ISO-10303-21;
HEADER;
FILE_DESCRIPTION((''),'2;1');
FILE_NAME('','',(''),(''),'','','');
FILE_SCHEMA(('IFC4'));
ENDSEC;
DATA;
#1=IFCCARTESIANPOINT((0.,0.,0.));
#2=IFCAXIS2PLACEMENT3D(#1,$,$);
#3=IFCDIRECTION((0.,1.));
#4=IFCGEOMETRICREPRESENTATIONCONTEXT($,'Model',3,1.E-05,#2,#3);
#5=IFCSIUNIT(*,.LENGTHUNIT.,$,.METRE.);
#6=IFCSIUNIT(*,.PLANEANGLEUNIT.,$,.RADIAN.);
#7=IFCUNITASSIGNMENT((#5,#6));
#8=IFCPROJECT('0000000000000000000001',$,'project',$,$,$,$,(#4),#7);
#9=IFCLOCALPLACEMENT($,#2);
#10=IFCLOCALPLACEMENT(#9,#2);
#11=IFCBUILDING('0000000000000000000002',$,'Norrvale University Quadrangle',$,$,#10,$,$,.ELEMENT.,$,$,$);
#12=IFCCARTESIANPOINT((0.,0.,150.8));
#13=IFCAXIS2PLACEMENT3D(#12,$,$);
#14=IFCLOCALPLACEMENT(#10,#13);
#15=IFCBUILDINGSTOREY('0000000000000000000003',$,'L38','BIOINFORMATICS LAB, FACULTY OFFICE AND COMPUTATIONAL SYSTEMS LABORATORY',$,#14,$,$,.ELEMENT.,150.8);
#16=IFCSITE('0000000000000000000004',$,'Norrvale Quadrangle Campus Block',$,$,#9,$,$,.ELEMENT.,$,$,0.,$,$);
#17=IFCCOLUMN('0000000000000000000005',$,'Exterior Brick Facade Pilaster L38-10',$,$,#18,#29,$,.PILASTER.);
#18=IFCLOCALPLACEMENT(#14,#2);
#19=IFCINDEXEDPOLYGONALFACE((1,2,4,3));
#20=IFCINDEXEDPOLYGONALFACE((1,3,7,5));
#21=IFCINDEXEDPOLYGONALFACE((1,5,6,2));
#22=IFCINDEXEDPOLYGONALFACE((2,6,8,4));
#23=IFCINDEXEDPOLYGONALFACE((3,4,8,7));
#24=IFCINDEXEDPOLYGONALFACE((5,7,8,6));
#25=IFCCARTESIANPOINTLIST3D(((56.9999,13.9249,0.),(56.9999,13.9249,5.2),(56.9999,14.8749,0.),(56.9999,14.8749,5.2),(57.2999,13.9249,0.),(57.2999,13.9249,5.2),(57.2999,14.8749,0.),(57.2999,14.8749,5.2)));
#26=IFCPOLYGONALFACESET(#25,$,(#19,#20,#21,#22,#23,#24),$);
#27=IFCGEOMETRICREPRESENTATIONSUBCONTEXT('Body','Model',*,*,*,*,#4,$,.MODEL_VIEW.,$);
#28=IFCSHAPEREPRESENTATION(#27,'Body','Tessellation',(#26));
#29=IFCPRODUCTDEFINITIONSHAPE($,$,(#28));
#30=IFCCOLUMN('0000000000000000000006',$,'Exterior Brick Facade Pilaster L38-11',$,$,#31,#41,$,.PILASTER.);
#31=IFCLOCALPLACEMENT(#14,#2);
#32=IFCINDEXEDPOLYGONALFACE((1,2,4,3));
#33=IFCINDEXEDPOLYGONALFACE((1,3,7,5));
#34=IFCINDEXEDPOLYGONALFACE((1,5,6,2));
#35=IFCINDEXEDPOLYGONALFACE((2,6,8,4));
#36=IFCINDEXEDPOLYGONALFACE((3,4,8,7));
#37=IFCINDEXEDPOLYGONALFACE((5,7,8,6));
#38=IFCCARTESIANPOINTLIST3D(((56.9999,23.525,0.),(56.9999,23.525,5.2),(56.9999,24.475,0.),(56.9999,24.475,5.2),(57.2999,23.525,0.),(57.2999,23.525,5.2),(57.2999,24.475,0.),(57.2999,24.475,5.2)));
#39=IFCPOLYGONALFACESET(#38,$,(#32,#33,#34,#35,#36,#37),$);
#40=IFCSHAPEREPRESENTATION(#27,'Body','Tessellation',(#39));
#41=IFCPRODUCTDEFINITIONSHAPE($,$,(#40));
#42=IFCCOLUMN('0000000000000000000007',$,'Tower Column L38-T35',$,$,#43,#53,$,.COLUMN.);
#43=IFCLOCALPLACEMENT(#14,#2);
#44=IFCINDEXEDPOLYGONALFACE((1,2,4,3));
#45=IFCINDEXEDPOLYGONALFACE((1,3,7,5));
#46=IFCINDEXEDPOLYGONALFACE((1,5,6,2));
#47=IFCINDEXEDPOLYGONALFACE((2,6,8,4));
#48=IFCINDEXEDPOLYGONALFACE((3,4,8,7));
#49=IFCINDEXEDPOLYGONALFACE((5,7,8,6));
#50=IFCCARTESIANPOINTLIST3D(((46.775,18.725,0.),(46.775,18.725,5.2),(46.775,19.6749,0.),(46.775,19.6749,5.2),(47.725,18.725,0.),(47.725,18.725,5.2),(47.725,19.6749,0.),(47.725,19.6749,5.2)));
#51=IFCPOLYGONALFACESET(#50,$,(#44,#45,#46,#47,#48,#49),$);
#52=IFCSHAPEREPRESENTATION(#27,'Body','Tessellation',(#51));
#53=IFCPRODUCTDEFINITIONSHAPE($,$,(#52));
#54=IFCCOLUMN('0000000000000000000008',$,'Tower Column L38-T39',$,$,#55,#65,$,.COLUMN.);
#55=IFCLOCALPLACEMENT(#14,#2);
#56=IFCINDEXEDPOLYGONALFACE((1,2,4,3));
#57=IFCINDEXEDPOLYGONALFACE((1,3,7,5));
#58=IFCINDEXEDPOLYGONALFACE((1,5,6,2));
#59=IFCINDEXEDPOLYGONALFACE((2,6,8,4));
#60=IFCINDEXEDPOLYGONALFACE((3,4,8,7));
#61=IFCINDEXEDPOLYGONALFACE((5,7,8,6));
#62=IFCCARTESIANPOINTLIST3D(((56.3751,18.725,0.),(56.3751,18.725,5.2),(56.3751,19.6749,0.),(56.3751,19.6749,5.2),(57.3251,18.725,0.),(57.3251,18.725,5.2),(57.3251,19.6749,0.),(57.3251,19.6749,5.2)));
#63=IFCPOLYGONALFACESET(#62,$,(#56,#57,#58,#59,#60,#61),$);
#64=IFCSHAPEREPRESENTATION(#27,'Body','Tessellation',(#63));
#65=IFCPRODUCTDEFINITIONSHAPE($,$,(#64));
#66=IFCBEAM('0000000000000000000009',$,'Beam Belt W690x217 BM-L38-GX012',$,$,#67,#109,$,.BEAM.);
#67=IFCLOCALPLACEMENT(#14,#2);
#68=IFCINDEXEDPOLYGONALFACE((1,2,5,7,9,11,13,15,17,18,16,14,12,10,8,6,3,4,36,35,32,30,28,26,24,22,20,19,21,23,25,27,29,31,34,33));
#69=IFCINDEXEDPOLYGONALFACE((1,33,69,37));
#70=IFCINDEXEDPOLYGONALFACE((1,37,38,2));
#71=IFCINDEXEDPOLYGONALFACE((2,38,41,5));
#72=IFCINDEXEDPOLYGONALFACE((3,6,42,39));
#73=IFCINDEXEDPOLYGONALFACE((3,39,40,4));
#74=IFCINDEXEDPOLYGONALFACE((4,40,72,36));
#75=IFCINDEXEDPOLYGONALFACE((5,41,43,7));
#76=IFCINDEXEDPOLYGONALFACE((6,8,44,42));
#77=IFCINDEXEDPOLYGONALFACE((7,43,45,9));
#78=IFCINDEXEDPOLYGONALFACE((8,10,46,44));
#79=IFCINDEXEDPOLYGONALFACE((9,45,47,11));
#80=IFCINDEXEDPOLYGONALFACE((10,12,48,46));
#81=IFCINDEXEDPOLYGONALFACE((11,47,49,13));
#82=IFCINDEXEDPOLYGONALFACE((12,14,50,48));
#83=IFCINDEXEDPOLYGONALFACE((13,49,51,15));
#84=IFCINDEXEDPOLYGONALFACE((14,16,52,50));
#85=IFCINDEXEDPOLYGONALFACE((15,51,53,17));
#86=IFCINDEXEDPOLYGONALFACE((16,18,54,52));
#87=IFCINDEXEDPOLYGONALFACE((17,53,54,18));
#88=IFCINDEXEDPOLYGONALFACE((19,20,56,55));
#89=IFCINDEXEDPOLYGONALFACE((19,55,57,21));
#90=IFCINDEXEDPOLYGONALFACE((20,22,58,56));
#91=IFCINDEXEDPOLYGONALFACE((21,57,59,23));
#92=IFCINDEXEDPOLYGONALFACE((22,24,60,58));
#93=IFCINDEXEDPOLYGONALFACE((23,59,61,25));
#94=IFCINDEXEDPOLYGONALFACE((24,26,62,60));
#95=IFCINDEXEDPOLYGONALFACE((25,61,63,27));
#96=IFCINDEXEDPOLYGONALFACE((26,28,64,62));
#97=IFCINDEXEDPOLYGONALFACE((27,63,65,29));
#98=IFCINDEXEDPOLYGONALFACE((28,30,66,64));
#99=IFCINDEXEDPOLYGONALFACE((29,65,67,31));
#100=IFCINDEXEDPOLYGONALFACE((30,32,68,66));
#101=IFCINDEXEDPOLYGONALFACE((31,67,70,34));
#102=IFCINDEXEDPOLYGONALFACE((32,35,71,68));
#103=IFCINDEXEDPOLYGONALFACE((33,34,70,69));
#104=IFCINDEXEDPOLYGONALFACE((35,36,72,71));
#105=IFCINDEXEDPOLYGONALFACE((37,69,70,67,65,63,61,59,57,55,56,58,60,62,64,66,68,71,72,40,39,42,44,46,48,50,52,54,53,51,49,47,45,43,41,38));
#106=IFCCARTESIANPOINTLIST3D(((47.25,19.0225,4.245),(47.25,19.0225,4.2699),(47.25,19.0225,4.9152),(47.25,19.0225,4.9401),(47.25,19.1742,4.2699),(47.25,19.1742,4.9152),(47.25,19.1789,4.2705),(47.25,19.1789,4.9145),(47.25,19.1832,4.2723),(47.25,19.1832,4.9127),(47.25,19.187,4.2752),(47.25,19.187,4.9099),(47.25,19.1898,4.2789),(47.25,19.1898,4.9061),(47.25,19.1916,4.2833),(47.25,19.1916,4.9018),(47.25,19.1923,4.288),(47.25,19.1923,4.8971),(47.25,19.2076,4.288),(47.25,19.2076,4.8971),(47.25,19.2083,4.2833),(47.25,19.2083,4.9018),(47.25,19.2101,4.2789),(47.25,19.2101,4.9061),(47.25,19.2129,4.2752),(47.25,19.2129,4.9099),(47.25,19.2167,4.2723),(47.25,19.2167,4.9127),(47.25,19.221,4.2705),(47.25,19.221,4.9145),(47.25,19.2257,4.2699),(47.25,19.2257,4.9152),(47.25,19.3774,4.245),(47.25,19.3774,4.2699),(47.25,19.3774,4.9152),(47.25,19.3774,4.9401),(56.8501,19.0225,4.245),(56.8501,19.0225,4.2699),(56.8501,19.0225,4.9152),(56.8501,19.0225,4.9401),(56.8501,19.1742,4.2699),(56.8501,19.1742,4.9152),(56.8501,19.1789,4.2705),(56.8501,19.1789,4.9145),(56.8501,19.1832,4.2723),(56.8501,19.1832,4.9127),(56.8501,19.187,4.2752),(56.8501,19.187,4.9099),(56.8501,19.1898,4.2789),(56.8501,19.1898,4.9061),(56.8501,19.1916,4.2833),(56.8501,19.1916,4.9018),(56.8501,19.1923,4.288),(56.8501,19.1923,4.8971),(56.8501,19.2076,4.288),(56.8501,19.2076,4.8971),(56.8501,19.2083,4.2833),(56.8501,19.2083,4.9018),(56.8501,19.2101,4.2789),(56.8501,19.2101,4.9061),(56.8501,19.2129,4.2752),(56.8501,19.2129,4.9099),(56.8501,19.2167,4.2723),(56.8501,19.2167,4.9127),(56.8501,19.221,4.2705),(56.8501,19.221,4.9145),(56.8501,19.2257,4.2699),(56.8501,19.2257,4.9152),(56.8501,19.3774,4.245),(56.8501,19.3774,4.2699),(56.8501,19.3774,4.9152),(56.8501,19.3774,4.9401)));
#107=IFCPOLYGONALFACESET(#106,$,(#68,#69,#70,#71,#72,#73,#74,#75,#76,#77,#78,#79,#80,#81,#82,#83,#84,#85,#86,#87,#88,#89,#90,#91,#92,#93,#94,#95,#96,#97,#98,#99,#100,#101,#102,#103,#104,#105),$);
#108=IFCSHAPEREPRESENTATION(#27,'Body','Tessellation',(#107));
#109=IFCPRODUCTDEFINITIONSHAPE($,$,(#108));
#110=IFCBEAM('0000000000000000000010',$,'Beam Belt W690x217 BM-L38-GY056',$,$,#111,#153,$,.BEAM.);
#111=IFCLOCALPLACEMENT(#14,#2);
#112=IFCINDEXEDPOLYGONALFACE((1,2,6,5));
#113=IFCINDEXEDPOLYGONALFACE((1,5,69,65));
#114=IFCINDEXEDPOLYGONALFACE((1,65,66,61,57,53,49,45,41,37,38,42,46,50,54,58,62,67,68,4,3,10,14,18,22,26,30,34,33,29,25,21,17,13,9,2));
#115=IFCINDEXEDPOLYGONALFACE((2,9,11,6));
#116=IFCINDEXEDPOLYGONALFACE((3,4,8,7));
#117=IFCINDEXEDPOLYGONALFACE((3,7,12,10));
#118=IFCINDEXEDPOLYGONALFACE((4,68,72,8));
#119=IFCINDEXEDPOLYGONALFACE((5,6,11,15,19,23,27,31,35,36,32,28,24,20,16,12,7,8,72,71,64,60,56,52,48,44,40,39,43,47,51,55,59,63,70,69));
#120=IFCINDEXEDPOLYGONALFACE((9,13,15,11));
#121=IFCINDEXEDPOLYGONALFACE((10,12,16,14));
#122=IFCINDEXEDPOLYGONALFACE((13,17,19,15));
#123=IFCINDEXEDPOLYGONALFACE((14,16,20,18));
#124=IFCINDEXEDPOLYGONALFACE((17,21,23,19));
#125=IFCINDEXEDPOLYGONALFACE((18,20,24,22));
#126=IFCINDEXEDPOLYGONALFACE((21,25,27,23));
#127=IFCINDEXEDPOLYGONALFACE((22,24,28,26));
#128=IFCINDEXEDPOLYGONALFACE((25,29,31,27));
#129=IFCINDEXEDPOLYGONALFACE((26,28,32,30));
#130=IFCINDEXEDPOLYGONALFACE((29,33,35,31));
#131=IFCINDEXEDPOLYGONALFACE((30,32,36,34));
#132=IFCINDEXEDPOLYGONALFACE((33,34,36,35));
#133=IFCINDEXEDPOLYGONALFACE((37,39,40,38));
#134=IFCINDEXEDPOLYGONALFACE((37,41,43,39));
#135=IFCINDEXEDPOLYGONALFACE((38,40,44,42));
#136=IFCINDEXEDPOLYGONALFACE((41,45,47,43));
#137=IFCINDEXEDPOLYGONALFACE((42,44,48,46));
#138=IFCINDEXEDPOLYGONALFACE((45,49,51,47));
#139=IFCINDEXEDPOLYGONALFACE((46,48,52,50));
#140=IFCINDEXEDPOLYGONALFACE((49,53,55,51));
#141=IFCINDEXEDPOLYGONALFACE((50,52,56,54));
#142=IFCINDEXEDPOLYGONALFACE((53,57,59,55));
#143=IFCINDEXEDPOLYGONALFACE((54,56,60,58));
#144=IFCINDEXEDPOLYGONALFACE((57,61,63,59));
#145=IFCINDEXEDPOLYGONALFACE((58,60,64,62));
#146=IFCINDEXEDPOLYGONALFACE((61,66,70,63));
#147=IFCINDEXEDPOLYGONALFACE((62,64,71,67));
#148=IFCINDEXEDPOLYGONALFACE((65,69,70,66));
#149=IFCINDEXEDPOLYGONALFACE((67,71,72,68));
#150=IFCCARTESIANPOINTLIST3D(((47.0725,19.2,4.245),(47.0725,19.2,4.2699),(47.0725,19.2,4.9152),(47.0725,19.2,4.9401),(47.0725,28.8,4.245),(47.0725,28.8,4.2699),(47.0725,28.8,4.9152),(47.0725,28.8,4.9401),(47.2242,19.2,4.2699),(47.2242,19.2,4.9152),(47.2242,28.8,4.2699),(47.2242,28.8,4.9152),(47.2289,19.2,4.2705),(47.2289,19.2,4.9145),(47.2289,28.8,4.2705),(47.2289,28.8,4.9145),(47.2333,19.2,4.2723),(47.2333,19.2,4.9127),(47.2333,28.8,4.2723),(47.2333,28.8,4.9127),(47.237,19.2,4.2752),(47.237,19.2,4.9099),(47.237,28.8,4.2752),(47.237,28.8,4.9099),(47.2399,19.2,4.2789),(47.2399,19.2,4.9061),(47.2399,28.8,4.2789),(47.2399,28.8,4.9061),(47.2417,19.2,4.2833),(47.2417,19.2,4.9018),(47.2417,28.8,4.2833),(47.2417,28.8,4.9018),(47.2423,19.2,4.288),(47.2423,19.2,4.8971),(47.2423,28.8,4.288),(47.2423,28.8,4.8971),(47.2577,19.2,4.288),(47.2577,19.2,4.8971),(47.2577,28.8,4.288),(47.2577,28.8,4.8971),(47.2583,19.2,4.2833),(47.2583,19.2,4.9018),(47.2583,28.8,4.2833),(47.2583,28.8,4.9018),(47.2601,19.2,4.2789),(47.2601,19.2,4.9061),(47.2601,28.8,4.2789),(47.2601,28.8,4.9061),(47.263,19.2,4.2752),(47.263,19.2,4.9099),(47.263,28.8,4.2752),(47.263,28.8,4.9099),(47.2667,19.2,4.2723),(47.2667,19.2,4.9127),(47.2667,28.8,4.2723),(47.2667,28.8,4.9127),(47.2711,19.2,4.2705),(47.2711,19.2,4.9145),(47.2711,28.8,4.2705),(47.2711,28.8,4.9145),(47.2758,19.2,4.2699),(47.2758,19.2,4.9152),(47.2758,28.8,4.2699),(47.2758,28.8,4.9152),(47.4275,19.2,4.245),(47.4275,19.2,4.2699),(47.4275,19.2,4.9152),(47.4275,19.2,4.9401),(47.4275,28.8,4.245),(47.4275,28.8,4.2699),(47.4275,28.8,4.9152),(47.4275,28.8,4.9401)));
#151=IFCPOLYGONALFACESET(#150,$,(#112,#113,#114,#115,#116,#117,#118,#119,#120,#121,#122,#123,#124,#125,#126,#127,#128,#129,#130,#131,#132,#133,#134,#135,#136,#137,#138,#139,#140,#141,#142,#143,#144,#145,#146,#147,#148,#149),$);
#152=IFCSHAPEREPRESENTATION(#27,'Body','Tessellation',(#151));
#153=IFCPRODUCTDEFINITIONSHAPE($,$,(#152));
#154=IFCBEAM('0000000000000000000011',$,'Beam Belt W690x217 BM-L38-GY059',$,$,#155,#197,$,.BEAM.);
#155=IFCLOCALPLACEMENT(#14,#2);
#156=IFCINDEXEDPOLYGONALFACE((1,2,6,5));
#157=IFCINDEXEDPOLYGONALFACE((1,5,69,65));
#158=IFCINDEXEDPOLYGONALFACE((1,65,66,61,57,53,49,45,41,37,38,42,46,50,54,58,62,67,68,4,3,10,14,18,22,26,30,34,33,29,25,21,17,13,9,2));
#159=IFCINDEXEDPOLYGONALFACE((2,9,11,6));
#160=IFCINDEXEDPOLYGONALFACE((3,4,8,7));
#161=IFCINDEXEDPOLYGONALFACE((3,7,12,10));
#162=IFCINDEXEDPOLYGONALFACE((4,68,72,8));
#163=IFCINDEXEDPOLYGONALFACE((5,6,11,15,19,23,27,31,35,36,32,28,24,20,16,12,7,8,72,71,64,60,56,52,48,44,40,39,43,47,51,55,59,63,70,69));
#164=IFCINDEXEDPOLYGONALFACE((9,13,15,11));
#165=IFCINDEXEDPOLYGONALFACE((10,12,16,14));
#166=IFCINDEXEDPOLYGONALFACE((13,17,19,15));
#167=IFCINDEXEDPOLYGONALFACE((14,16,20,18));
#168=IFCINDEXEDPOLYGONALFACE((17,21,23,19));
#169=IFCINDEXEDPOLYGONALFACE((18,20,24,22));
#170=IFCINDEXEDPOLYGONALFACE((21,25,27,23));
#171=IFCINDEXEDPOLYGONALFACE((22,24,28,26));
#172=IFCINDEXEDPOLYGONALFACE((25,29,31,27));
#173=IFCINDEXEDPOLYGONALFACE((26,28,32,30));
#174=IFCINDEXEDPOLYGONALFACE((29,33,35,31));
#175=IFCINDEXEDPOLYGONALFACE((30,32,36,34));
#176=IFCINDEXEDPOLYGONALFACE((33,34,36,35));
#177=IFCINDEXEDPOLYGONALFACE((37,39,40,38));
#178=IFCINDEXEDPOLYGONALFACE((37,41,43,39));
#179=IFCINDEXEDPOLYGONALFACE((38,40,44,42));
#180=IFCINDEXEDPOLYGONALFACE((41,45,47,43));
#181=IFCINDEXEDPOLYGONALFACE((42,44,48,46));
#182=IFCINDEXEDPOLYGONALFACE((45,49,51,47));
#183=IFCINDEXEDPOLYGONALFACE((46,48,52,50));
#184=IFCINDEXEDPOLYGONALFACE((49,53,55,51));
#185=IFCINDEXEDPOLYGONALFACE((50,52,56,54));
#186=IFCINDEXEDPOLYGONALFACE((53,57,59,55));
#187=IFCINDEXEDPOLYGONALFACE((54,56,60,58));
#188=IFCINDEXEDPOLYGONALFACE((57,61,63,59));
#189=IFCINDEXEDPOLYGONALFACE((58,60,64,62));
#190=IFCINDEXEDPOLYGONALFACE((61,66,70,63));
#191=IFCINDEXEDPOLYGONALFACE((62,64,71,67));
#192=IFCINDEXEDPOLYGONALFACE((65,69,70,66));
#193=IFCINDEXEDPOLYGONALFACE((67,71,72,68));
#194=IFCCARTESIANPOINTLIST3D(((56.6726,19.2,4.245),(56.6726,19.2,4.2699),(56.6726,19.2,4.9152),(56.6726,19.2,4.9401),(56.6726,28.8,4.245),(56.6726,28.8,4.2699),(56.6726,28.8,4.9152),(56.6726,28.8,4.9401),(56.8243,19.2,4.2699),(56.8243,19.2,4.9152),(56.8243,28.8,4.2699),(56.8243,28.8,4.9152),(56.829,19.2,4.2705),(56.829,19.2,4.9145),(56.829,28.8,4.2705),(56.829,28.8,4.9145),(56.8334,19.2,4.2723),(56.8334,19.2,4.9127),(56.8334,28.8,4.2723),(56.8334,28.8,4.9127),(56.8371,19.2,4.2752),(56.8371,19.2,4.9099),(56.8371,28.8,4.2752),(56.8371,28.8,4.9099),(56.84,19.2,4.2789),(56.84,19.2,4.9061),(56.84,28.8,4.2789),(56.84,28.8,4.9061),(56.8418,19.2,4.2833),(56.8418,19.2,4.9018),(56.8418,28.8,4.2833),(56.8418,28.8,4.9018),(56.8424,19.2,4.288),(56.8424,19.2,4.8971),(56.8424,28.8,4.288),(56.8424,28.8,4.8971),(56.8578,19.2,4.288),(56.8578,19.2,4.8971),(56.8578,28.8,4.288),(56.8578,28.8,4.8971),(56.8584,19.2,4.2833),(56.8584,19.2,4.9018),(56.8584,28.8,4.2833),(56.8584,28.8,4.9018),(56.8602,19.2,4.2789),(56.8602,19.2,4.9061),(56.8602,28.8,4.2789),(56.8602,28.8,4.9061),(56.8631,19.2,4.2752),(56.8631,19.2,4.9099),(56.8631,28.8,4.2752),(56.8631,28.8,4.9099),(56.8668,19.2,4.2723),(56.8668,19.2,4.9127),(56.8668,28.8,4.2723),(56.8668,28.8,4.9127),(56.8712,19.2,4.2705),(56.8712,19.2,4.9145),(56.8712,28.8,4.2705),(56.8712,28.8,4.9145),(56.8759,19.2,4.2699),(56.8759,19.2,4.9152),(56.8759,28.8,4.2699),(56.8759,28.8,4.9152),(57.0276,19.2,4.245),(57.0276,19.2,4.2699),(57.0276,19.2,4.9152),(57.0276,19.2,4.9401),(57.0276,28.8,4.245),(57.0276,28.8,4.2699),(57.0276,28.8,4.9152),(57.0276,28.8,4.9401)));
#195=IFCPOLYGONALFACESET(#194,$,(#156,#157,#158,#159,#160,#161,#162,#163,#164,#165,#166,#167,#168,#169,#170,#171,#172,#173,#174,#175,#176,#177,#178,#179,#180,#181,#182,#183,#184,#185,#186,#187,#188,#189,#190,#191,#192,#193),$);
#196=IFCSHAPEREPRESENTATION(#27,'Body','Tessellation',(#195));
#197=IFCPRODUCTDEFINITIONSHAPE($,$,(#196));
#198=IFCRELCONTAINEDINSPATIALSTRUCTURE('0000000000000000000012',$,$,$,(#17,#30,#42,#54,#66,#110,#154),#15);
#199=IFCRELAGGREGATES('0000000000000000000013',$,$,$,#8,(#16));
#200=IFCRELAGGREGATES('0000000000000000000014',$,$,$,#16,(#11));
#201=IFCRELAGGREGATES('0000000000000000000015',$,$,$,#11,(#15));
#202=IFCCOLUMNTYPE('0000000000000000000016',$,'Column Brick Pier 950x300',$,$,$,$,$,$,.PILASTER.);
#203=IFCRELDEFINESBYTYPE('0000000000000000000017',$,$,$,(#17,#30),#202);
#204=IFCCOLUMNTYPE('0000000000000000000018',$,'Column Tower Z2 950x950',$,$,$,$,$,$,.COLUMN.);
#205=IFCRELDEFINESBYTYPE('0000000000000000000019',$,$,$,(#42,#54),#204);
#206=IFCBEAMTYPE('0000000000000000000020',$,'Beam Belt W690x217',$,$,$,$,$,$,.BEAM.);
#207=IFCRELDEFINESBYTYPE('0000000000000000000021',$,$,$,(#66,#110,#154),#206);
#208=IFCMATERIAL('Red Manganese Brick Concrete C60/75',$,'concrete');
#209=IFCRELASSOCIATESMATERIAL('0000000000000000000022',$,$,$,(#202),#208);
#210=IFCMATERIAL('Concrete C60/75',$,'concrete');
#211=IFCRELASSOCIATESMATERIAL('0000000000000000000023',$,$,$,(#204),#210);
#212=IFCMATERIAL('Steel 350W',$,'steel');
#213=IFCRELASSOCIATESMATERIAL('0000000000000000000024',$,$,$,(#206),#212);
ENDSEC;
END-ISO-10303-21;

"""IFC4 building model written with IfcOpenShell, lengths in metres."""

from ifc_helpers import new_model, si_unit, direction, frame, origin, origin_2d, place, context, subcontext, project, spatial, rectangle, i_section, extrude, material, material_profile, profile_set, type_object, element, save


model = new_model("IFC4")

# Units and contexts
model_context = context("Model", 3, precision=1e-05, world=origin(), true_north=direction((0.0, 1.0)))
body_context = subcontext(model_context, "Body", "Model", "MODEL_VIEW")
ifc_project = project(units=[si_unit("LENGTHUNIT", "METRE"), si_unit("PLANEANGLEUNIT", "RADIAN")], contexts=[model_context])

# Site, building, storey
site_placement = place(None, origin())
site = spatial("IfcSite", under=ifc_project, at=site_placement, Name="Norrvale Quadrangle Campus Block", CompositionType="ELEMENT", RefElevation=0.0)
building_placement = place(site_placement, origin())
building = spatial("IfcBuilding", under=site, at=building_placement, Name="Norrvale University Quadrangle", CompositionType="ELEMENT")
storey_placement = place(building_placement, frame((0.0, 0.0, 150.8)))
storey = spatial("IfcBuildingStorey", under=building, at=storey_placement, Name="L38", Description="BIOINFORMATICS LAB, FACULTY OFFICE AND COMPUTATIONAL SYSTEMS LABORATORY", CompositionType="ELEMENT", Elevation=150.8)

# Columns
ifc_material_1 = material(Name="Red Manganese Brick Concrete C60/75", Category="concrete")
ifc_material_profile_1 = material_profile(ifc_material_1, rectangle(XDim=0.95, YDim=0.3, at=origin_2d()), Name="Red Manganese Brick Concrete C60/75")
ifc_profile_set_1 = profile_set([ifc_material_profile_1], Name="Red Manganese Brick Concrete C60/75")
column_type_1 = type_object("IfcColumnType", Name="Column Brick Pier 950x300", PredefinedType="PILASTER", material=ifc_profile_set_1)
for number, where, z_axis, x_axis, name in (
    (1, (57.1499, 14.3999, 0.0), (0.0, 0.0, 1.0), (0.0, 1.0, 0.0), "Exterior Brick Facade Pilaster L38-10"),
    (2, (57.1499, 24.0, 0.0), (0.0, 0.0, 1.0), (0.0, 1.0, 0.0), "Exterior Brick Facade Pilaster L38-11"),
):
    element("IfcColumn", number, at=place(storey_placement, frame(where, z_axis=z_axis, x_axis=x_axis)), inside=storey, type_object=column_type_1, Name=name, PredefinedType="PILASTER", context=body_context, shape_type="SweptSolid", body=[
        extrude(rectangle(XDim=0.95, YDim=0.3, at=origin_2d()), origin(), (0.0, 0.0, 1.0), 5.2),
    ])
ifc_material_2 = material(Name="Concrete C60/75", Category="concrete")
ifc_material_profile_2 = material_profile(ifc_material_2, rectangle(XDim=0.95, YDim=0.95, at=origin_2d()), Name="Concrete C60/75")
ifc_profile_set_2 = profile_set([ifc_material_profile_2], Name="Concrete C60/75")
column_type_2 = type_object("IfcColumnType", Name="Column Tower Z2 950x950", PredefinedType="COLUMN", material=ifc_profile_set_2)
for number, where, z_axis, x_axis, name in (
    (3, (47.25, 19.2, 0.0), (0.0, 0.0, 1.0), (1.0, 0.0, 0.0), "Tower Column L38-T35"),
    (4, (56.8501, 19.2, 0.0), (0.0, 0.0, 1.0), (1.0, 0.0, 0.0), "Tower Column L38-T39"),
):
    element("IfcColumn", number, at=place(storey_placement, frame(where, z_axis=z_axis, x_axis=x_axis)), inside=storey, type_object=column_type_2, Name=name, PredefinedType="COLUMN", context=body_context, shape_type="SweptSolid", body=[
        extrude(rectangle(XDim=0.95, YDim=0.95, at=origin_2d()), origin(), (0.0, 0.0, 1.0), 5.2),
    ])

# Beams
ifc_material_3 = material(Name="Steel 350W", Category="steel")
ifc_material_profile_3 = material_profile(ifc_material_3, i_section(OverallWidth=0.355, OverallDepth=0.6951, WebThickness=0.0154, FlangeThickness=0.0249, FilletRadius=0.0181, at=origin_2d()), Name="Steel 350W")
ifc_profile_set_3 = profile_set([ifc_material_profile_3], Name="Steel 350W")
beam_type_1 = type_object("IfcBeamType", Name="Beam Belt W690x217", PredefinedType="BEAM", material=ifc_profile_set_3)
for number, where, z_axis, x_axis, name in (
    (5, (47.25, 19.2, 4.5925), (1.0, 0.0, 0.0), (0.0, 1.0, 0.0), "Beam Belt W690x217 BM-L38-GX012"),
    (6, (47.25, 19.2, 4.5925), (0.0, 1.0, 0.0), (-1.0, 0.0, 0.0), "Beam Belt W690x217 BM-L38-GY056"),
    (7, (56.8501, 19.2, 4.5925), (0.0, 1.0, 0.0), (-1.0, 0.0, 0.0), "Beam Belt W690x217 BM-L38-GY059"),
):
    element("IfcBeam", number, at=place(storey_placement, frame(where, z_axis=z_axis, x_axis=x_axis)), inside=storey, type_object=beam_type_1, Name=name, PredefinedType="BEAM", context=body_context, shape_type="SweptSolid", body=[
        extrude(i_section(OverallWidth=0.355, OverallDepth=0.6951, WebThickness=0.0154, FlangeThickness=0.0249, FilletRadius=0.0181, at=origin_2d()), origin(), (0.0, 0.0, 1.0), 9.6001),
    ])

save(model, "model.ifc")
